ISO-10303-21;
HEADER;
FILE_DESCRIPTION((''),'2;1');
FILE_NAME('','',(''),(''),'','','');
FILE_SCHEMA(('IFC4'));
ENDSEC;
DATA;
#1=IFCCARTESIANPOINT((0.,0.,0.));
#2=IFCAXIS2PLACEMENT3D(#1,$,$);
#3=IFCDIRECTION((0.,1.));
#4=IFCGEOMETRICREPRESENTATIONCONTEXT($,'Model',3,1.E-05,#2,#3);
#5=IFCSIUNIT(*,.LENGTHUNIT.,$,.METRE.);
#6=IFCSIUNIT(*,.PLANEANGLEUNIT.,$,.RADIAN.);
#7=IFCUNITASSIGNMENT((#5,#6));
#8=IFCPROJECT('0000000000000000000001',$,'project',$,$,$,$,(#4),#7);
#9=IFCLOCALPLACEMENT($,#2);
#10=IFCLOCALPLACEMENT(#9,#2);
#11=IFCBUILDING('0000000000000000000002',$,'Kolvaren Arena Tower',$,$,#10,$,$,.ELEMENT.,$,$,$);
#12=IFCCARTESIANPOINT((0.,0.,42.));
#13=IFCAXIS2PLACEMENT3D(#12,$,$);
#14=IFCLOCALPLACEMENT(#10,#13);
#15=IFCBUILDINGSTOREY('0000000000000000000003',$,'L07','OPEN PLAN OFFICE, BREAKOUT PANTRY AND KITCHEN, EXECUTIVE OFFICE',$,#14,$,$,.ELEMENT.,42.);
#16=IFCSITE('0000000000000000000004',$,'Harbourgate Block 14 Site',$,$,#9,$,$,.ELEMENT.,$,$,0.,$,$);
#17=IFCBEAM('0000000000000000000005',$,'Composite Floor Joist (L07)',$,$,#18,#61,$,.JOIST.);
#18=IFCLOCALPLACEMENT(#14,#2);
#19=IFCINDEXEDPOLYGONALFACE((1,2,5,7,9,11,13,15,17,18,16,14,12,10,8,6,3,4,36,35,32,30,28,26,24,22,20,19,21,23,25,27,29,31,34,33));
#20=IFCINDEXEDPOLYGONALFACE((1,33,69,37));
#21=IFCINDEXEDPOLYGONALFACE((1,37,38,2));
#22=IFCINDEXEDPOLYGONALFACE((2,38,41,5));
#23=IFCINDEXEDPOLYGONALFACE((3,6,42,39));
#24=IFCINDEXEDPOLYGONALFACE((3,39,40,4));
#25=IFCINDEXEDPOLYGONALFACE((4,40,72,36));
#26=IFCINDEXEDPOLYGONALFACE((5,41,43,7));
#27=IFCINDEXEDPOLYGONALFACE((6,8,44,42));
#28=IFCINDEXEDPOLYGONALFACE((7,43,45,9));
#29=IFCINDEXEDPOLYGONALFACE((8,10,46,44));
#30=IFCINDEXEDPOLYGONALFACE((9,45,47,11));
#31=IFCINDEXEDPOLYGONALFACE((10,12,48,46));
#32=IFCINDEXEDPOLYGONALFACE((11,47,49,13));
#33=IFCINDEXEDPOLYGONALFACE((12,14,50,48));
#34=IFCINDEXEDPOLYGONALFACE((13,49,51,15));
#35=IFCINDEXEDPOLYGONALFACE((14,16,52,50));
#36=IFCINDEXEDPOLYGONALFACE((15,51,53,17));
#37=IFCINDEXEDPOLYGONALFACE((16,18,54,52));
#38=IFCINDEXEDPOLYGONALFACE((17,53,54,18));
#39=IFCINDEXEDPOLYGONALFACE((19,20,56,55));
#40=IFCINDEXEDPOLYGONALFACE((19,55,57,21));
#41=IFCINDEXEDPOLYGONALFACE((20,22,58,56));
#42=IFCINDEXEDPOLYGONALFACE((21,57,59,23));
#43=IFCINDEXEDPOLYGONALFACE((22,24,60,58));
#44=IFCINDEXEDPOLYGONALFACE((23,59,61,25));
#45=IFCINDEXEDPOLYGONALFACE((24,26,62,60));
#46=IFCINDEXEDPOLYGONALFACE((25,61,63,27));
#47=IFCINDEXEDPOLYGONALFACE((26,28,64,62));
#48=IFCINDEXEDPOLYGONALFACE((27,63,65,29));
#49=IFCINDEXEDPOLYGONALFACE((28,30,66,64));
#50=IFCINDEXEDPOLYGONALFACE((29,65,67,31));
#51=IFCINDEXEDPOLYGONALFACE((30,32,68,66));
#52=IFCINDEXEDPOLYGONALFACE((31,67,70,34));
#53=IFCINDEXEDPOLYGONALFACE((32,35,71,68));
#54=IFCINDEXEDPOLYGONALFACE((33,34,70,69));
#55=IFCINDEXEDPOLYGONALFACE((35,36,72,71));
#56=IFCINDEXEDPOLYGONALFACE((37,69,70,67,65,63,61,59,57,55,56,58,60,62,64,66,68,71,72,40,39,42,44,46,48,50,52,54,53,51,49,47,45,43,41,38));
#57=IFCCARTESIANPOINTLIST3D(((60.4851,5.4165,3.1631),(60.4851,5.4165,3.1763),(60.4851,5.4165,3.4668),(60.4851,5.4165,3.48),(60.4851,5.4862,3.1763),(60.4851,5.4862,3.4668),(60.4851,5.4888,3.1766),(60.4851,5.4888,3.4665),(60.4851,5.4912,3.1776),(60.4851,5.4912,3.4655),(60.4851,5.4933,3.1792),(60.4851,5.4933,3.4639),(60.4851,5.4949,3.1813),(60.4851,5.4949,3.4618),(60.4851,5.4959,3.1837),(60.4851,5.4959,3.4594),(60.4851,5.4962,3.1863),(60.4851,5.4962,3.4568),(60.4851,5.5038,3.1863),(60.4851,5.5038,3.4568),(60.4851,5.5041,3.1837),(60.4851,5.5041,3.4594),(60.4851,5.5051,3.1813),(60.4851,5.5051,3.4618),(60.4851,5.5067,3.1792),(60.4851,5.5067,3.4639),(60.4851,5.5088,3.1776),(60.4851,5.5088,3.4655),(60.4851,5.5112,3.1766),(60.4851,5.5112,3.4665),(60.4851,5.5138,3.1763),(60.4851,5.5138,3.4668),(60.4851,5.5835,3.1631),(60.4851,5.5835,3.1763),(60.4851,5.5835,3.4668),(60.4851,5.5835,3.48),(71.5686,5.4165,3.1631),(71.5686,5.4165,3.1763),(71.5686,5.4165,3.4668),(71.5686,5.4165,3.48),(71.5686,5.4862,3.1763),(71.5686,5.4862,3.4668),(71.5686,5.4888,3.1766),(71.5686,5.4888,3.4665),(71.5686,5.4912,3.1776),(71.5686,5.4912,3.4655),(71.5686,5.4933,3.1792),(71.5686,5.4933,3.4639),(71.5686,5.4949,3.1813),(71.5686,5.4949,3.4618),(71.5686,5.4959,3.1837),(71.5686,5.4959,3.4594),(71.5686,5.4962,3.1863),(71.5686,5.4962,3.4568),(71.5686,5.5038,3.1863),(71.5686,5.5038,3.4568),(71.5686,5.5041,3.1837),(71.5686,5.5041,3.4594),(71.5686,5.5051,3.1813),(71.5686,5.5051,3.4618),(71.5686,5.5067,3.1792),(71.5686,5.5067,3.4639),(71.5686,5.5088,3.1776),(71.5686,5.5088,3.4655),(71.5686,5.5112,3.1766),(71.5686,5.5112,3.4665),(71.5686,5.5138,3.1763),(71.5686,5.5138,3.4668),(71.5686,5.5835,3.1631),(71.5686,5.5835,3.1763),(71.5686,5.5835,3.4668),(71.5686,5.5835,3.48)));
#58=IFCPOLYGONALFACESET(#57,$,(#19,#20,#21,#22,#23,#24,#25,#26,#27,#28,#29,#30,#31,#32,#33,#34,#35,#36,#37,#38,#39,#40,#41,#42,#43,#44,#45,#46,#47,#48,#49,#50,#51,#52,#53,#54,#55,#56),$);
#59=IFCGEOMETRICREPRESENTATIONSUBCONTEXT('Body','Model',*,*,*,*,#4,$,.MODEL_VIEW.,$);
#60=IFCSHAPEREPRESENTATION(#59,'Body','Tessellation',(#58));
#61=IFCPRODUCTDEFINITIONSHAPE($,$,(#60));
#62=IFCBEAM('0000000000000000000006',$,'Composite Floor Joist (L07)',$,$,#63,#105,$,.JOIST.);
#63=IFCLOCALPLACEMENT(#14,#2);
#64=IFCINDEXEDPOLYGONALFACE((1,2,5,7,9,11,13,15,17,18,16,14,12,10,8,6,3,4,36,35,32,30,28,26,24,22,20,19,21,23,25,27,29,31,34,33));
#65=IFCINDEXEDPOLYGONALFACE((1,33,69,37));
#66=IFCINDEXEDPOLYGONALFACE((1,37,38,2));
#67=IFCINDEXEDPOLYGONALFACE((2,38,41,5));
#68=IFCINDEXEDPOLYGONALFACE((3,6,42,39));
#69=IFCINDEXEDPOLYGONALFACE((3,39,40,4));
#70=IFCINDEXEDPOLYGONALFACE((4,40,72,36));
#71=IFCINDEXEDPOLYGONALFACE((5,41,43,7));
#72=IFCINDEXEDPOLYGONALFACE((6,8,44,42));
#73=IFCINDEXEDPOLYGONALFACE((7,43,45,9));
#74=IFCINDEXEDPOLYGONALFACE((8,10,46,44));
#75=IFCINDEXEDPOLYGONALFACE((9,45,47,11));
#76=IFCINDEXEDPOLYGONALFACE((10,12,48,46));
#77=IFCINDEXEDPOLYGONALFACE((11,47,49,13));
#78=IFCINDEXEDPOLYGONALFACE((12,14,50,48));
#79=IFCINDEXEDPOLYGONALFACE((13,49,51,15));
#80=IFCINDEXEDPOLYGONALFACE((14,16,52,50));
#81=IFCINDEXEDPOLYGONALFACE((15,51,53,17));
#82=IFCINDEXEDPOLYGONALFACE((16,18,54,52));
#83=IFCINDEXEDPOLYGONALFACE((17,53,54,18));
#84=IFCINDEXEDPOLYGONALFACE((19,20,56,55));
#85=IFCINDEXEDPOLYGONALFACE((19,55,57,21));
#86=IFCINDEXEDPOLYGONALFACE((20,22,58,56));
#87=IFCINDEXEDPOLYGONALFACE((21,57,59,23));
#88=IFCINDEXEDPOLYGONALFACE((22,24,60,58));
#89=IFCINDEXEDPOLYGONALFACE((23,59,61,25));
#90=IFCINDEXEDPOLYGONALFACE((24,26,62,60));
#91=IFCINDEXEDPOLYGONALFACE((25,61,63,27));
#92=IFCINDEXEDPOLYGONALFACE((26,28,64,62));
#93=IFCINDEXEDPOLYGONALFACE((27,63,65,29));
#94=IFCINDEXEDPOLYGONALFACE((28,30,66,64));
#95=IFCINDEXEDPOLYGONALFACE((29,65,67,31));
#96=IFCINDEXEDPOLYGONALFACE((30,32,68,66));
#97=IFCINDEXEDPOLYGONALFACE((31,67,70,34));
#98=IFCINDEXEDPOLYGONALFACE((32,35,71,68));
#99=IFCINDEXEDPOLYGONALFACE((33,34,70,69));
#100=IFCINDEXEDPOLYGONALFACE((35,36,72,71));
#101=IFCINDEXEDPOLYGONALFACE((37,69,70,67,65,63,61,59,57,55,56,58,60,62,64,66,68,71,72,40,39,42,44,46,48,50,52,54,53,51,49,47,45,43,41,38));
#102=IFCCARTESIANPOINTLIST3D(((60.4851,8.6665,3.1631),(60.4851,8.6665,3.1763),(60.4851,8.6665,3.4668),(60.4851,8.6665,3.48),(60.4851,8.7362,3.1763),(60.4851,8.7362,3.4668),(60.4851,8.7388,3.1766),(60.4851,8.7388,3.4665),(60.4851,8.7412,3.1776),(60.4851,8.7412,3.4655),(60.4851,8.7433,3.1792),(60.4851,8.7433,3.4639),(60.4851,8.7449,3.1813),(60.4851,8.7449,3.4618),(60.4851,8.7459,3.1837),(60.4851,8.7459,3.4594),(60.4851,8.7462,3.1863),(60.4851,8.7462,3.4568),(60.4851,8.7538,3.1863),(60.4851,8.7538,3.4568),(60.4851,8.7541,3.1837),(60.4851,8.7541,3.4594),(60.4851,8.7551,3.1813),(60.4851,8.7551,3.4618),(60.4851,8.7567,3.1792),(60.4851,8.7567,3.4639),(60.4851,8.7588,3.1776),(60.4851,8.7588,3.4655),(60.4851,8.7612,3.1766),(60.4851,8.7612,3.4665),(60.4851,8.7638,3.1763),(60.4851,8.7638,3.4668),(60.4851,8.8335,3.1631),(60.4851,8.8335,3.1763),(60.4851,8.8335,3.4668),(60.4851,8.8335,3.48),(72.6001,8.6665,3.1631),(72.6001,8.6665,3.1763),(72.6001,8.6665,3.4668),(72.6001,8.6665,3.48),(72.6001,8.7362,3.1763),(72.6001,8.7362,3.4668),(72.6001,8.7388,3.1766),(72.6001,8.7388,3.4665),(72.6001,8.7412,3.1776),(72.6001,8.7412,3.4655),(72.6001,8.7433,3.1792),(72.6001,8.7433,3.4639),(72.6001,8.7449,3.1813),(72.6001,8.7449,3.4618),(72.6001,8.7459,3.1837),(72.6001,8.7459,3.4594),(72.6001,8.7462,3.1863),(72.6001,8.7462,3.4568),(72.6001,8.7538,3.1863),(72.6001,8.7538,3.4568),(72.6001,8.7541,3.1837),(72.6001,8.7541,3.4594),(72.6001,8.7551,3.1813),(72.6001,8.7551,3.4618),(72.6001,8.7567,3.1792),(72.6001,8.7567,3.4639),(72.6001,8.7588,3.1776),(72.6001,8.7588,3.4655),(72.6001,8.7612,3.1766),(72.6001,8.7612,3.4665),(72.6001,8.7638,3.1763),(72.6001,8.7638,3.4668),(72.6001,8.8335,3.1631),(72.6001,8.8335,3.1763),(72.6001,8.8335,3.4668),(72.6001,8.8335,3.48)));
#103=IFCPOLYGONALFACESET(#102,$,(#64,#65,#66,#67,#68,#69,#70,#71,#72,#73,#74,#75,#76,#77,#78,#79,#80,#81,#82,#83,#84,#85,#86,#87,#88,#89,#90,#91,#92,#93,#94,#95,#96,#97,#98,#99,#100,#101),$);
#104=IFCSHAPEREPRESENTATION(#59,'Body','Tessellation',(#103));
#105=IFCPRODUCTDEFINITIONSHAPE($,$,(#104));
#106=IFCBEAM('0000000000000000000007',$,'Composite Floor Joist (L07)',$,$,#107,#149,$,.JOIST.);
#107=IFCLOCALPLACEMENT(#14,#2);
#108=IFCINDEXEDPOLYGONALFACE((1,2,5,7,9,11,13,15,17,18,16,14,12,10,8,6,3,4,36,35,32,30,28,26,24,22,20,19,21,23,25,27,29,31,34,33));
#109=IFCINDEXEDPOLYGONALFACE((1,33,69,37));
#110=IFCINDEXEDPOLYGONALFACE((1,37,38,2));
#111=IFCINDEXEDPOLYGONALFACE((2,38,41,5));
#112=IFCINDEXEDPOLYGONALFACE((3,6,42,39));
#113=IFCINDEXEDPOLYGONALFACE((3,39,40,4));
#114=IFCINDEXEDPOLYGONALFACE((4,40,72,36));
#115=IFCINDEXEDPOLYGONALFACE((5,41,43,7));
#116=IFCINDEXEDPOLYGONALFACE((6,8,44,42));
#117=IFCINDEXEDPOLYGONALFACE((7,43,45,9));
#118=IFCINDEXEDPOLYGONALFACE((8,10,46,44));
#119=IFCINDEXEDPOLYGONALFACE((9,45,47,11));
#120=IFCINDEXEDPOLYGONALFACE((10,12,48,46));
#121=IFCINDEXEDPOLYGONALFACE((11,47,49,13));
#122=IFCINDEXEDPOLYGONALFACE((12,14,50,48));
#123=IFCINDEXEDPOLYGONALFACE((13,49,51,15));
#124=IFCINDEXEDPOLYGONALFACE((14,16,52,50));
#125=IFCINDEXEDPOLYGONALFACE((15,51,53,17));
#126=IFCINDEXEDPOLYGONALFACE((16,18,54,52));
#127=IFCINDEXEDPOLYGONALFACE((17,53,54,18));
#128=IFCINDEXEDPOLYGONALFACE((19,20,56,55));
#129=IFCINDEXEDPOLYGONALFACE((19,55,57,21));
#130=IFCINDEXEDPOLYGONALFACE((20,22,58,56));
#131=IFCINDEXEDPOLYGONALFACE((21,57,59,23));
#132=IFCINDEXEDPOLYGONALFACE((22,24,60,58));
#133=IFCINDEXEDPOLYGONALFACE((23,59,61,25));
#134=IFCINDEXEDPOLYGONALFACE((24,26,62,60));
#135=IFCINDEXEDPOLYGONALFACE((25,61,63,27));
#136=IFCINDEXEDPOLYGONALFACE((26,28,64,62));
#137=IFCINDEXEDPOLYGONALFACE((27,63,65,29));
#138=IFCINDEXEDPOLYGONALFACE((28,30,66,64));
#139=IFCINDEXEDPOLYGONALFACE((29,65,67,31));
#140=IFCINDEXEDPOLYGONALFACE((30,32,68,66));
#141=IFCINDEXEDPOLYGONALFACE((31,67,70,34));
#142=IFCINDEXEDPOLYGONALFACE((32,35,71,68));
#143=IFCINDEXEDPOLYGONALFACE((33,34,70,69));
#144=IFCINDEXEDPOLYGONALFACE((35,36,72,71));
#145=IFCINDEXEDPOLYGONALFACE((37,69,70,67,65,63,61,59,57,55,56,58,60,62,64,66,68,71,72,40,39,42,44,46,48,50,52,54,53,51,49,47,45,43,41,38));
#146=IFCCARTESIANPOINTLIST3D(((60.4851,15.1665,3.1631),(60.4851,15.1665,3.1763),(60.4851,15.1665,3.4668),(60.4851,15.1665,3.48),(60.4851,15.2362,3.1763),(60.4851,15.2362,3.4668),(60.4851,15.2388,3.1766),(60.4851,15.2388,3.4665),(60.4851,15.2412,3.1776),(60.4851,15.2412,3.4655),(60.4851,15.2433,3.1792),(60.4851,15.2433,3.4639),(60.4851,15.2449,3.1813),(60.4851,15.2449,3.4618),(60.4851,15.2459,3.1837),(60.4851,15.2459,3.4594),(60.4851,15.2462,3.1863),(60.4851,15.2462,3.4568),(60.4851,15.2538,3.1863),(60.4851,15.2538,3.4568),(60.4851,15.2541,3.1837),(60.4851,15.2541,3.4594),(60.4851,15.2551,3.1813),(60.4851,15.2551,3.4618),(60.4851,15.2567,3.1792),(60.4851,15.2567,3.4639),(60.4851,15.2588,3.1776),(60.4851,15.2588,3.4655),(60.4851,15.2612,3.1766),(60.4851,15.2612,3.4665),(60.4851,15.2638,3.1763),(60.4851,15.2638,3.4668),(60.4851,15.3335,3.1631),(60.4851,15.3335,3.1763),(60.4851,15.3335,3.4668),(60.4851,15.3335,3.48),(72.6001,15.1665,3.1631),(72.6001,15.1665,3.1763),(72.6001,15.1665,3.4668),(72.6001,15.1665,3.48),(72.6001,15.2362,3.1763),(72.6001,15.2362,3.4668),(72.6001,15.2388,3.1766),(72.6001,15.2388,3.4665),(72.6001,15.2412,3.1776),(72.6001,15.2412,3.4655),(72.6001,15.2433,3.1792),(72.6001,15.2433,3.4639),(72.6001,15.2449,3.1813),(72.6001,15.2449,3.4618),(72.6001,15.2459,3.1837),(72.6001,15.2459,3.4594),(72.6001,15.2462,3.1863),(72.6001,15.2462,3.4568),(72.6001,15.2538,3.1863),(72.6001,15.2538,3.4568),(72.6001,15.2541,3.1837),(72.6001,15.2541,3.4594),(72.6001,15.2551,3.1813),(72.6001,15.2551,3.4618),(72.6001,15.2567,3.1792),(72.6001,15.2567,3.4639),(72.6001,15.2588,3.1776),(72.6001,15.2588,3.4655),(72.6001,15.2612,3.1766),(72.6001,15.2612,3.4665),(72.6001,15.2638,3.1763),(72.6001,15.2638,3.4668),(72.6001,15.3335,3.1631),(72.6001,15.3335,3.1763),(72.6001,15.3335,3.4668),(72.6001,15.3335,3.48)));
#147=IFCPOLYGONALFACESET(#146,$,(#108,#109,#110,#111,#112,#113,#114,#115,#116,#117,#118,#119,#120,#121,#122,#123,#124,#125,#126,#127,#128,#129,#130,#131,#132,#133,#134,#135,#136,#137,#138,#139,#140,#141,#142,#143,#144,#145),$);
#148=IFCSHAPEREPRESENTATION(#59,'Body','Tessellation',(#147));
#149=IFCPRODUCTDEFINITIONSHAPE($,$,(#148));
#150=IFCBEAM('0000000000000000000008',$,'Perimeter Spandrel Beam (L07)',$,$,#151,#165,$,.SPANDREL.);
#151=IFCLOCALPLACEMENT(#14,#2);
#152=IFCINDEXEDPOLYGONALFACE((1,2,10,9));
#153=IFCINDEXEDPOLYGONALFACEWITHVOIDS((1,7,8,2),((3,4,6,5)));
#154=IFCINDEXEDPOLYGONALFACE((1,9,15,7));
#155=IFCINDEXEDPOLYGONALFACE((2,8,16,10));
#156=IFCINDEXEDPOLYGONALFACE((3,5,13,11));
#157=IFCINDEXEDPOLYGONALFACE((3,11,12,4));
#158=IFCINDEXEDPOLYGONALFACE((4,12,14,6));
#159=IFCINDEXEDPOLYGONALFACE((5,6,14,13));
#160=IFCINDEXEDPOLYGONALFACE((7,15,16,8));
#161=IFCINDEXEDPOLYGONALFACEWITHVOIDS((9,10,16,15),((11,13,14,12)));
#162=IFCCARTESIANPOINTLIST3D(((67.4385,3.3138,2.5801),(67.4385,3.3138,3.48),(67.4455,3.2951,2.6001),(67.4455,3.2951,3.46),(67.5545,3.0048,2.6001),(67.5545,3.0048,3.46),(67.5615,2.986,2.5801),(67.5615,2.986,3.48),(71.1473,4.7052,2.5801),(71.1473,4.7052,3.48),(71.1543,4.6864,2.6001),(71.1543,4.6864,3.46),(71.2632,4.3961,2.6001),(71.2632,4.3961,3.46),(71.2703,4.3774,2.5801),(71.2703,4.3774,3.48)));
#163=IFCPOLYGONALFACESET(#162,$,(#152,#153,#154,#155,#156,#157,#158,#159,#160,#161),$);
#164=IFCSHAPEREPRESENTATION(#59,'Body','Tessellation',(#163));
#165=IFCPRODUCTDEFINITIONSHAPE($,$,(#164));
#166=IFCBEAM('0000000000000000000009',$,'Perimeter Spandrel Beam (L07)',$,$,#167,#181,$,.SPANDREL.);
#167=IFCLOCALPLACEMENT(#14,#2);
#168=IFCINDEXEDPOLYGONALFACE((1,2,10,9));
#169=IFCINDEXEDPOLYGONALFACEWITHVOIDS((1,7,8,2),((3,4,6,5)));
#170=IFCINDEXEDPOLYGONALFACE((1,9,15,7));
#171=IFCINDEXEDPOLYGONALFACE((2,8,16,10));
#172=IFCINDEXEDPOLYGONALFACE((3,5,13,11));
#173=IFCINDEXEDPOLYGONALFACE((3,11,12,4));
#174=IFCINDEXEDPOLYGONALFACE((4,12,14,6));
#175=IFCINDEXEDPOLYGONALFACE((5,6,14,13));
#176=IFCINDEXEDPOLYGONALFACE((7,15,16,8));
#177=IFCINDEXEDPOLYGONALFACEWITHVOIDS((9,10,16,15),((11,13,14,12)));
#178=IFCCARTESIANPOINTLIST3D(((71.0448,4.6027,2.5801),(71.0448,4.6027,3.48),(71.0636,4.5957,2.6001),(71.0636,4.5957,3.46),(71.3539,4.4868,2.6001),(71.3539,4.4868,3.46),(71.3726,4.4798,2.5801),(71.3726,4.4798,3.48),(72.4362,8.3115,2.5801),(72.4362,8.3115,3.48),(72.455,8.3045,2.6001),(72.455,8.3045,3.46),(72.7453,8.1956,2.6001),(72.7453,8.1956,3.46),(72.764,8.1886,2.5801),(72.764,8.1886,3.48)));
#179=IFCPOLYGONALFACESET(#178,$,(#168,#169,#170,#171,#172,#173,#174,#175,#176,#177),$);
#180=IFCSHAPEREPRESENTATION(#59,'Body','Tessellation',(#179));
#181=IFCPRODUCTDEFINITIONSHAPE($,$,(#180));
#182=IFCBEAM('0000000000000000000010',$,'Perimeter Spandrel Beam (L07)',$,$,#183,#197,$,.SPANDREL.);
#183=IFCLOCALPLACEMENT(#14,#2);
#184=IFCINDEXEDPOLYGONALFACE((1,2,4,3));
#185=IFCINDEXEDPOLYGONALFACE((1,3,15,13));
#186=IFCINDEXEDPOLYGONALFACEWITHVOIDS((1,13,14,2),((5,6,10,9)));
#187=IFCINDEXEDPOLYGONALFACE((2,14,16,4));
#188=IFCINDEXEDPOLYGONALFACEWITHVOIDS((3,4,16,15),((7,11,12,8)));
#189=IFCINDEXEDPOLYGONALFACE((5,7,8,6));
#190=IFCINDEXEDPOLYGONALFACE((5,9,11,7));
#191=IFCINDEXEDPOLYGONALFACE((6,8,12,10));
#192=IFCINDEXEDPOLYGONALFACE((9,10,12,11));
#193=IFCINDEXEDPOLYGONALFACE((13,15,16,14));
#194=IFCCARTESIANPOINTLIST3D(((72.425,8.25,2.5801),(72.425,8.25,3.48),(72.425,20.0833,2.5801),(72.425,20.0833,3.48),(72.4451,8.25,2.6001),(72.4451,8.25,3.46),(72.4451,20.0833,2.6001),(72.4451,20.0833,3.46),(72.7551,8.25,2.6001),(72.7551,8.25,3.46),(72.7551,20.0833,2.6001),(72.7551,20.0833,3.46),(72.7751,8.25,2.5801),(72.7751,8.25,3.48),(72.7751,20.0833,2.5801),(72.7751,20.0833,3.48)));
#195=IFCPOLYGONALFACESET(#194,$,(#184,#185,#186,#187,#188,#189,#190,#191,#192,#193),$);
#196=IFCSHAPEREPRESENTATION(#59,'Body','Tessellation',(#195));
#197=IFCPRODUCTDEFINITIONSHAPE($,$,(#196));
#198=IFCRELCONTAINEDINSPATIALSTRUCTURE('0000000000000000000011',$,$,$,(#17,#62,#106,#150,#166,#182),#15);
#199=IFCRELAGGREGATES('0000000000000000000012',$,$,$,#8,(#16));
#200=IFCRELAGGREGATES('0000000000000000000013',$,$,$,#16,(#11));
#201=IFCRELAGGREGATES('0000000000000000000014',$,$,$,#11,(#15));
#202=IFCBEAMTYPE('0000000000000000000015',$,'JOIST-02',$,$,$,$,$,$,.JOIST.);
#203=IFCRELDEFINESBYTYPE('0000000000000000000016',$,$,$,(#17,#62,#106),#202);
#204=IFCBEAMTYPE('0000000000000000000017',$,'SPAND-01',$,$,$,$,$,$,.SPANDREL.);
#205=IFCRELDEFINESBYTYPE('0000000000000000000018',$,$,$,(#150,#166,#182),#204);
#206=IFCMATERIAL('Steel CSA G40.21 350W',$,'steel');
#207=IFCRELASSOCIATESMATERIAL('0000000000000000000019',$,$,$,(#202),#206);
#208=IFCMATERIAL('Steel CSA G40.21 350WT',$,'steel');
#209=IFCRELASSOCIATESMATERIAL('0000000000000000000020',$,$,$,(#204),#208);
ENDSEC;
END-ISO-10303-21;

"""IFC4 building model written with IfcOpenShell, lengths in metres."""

from ifc_helpers import new_model, si_unit, direction, frame, origin, origin_2d, place, context, subcontext, project, spatial, hollow_rectangle, i_section, extrude, material, material_profile, profile_set, type_object, element, save


model = new_model("IFC4")

# Units and contexts
model_context = context("Model", 3, precision=1e-05, world=origin(), true_north=direction((0.0, 1.0)))
body_context = subcontext(model_context, "Body", "Model", "MODEL_VIEW")
ifc_project = project(units=[si_unit("LENGTHUNIT", "METRE"), si_unit("PLANEANGLEUNIT", "RADIAN")], contexts=[model_context])

# Site, building, storey
site_placement = place(None, origin())
site = spatial("IfcSite", under=ifc_project, at=site_placement, Name="Harbourgate Block 14 Site", CompositionType="ELEMENT", RefElevation=0.0)
building_placement = place(site_placement, origin())
building = spatial("IfcBuilding", under=site, at=building_placement, Name="Kolvaren Arena Tower", CompositionType="ELEMENT")
storey_placement = place(building_placement, frame((0.0, 0.0, 42.0)))
storey = spatial("IfcBuildingStorey", under=building, at=storey_placement, Name="L07", Description="OPEN PLAN OFFICE, BREAKOUT PANTRY AND KITCHEN, EXECUTIVE OFFICE", CompositionType="ELEMENT", Elevation=42.0)

# Beams
ifc_material_1 = material(Name="Steel CSA G40.21 350W", Category="steel")
ifc_material_profile_1 = material_profile(ifc_material_1, i_section(OverallWidth=0.167, OverallDepth=0.3169, WebThickness=0.0076, FlangeThickness=0.0132, FilletRadius=0.01, at=origin_2d()), Name="W310x52")
ifc_profile_set_1 = profile_set([ifc_material_profile_1], Name="Steel CSA G40.21 350W")
beam_type_1 = type_object("IfcBeamType", Name="JOIST-02", PredefinedType="JOIST", material=ifc_profile_set_1)
beam_1_placement = place(storey_placement, frame((60.4851, 5.5, 3.3215), z_axis=(1.0, 0.0, 0.0), x_axis=(0.0, 1.0, 0.0)))
element("IfcBeam", 1, at=beam_1_placement, inside=storey, type_object=beam_type_1, Name="Composite Floor Joist (L07)", PredefinedType="JOIST", context=body_context, shape_type="SweptSolid", body=[
    extrude(i_section(OverallWidth=0.167, OverallDepth=0.3169, WebThickness=0.0076, FlangeThickness=0.0132, FilletRadius=0.01, at=origin_2d()), origin(), (0.0, 0.0, 1.0), 11.0835),
])
for number, where, z_axis, x_axis, name in (
    (2, (60.4851, 8.75, 3.3215), (1.0, 0.0, 0.0), (0.0, 1.0, 0.0), "Composite Floor Joist (L07)"),
    (3, (60.4851, 15.25, 3.3215), (1.0, 0.0, 0.0), (0.0, 1.0, 0.0), "Composite Floor Joist (L07)"),
):
    element("IfcBeam", number, at=place(storey_placement, frame(where, z_axis=z_axis, x_axis=x_axis)), inside=storey, type_object=beam_type_1, Name=name, PredefinedType="JOIST", context=body_context, shape_type="SweptSolid", body=[
        extrude(i_section(OverallWidth=0.167, OverallDepth=0.3169, WebThickness=0.0076, FlangeThickness=0.0132, FilletRadius=0.01, at=origin_2d()), origin(), (0.0, 0.0, 1.0), 12.115),
    ])
ifc_material_2 = material(Name="Steel CSA G40.21 350WT", Category="steel")
ifc_material_profile_2 = material_profile(ifc_material_2, hollow_rectangle(XDim=0.3501, YDim=0.8999, WallThickness=0.02, at=origin_2d()), Name="HSS 900x350x20")
ifc_profile_set_2 = profile_set([ifc_material_profile_2], Name="Steel CSA G40.21 350WT")
beam_type_2 = type_object("IfcBeamType", Name="SPAND-01", PredefinedType="SPANDREL", material=ifc_profile_set_2)
for number, where, z_axis, x_axis, name in (
    (4, (67.5, 3.1499, 3.03), (0.936281, 0.351252, 0.0), (-0.351252, 0.936281, 0.0), "Perimeter Spandrel Beam (L07)"),
    (5, (71.2087, 4.5413, 3.03), (0.351252, 0.936281, 0.0), (-0.936281, 0.351252, 0.0), "Perimeter Spandrel Beam (L07)"),
):
    element("IfcBeam", number, at=place(storey_placement, frame(where, z_axis=z_axis, x_axis=x_axis)), inside=storey, type_object=beam_type_2, Name=name, PredefinedType="SPANDREL", context=body_context, shape_type="SweptSolid", body=[
        extrude(hollow_rectangle(XDim=0.3501, YDim=0.8999, WallThickness=0.02, at=origin_2d()), origin(), (0.0, 0.0, 1.0), 3.9612),
    ])
beam_2_placement = place(storey_placement, frame((72.6001, 8.25, 3.03), z_axis=(0.0, 1.0, 0.0), x_axis=(-1.0, 0.0, 0.0)))
element("IfcBeam", 6, at=beam_2_placement, inside=storey, type_object=beam_type_2, Name="Perimeter Spandrel Beam (L07)", PredefinedType="SPANDREL", context=body_context, shape_type="SweptSolid", body=[
    extrude(hollow_rectangle(XDim=0.3501, YDim=0.8999, WallThickness=0.02, at=origin_2d()), origin(), (0.0, 0.0, 1.0), 11.8333),
])

save(model, "model.ifc")
